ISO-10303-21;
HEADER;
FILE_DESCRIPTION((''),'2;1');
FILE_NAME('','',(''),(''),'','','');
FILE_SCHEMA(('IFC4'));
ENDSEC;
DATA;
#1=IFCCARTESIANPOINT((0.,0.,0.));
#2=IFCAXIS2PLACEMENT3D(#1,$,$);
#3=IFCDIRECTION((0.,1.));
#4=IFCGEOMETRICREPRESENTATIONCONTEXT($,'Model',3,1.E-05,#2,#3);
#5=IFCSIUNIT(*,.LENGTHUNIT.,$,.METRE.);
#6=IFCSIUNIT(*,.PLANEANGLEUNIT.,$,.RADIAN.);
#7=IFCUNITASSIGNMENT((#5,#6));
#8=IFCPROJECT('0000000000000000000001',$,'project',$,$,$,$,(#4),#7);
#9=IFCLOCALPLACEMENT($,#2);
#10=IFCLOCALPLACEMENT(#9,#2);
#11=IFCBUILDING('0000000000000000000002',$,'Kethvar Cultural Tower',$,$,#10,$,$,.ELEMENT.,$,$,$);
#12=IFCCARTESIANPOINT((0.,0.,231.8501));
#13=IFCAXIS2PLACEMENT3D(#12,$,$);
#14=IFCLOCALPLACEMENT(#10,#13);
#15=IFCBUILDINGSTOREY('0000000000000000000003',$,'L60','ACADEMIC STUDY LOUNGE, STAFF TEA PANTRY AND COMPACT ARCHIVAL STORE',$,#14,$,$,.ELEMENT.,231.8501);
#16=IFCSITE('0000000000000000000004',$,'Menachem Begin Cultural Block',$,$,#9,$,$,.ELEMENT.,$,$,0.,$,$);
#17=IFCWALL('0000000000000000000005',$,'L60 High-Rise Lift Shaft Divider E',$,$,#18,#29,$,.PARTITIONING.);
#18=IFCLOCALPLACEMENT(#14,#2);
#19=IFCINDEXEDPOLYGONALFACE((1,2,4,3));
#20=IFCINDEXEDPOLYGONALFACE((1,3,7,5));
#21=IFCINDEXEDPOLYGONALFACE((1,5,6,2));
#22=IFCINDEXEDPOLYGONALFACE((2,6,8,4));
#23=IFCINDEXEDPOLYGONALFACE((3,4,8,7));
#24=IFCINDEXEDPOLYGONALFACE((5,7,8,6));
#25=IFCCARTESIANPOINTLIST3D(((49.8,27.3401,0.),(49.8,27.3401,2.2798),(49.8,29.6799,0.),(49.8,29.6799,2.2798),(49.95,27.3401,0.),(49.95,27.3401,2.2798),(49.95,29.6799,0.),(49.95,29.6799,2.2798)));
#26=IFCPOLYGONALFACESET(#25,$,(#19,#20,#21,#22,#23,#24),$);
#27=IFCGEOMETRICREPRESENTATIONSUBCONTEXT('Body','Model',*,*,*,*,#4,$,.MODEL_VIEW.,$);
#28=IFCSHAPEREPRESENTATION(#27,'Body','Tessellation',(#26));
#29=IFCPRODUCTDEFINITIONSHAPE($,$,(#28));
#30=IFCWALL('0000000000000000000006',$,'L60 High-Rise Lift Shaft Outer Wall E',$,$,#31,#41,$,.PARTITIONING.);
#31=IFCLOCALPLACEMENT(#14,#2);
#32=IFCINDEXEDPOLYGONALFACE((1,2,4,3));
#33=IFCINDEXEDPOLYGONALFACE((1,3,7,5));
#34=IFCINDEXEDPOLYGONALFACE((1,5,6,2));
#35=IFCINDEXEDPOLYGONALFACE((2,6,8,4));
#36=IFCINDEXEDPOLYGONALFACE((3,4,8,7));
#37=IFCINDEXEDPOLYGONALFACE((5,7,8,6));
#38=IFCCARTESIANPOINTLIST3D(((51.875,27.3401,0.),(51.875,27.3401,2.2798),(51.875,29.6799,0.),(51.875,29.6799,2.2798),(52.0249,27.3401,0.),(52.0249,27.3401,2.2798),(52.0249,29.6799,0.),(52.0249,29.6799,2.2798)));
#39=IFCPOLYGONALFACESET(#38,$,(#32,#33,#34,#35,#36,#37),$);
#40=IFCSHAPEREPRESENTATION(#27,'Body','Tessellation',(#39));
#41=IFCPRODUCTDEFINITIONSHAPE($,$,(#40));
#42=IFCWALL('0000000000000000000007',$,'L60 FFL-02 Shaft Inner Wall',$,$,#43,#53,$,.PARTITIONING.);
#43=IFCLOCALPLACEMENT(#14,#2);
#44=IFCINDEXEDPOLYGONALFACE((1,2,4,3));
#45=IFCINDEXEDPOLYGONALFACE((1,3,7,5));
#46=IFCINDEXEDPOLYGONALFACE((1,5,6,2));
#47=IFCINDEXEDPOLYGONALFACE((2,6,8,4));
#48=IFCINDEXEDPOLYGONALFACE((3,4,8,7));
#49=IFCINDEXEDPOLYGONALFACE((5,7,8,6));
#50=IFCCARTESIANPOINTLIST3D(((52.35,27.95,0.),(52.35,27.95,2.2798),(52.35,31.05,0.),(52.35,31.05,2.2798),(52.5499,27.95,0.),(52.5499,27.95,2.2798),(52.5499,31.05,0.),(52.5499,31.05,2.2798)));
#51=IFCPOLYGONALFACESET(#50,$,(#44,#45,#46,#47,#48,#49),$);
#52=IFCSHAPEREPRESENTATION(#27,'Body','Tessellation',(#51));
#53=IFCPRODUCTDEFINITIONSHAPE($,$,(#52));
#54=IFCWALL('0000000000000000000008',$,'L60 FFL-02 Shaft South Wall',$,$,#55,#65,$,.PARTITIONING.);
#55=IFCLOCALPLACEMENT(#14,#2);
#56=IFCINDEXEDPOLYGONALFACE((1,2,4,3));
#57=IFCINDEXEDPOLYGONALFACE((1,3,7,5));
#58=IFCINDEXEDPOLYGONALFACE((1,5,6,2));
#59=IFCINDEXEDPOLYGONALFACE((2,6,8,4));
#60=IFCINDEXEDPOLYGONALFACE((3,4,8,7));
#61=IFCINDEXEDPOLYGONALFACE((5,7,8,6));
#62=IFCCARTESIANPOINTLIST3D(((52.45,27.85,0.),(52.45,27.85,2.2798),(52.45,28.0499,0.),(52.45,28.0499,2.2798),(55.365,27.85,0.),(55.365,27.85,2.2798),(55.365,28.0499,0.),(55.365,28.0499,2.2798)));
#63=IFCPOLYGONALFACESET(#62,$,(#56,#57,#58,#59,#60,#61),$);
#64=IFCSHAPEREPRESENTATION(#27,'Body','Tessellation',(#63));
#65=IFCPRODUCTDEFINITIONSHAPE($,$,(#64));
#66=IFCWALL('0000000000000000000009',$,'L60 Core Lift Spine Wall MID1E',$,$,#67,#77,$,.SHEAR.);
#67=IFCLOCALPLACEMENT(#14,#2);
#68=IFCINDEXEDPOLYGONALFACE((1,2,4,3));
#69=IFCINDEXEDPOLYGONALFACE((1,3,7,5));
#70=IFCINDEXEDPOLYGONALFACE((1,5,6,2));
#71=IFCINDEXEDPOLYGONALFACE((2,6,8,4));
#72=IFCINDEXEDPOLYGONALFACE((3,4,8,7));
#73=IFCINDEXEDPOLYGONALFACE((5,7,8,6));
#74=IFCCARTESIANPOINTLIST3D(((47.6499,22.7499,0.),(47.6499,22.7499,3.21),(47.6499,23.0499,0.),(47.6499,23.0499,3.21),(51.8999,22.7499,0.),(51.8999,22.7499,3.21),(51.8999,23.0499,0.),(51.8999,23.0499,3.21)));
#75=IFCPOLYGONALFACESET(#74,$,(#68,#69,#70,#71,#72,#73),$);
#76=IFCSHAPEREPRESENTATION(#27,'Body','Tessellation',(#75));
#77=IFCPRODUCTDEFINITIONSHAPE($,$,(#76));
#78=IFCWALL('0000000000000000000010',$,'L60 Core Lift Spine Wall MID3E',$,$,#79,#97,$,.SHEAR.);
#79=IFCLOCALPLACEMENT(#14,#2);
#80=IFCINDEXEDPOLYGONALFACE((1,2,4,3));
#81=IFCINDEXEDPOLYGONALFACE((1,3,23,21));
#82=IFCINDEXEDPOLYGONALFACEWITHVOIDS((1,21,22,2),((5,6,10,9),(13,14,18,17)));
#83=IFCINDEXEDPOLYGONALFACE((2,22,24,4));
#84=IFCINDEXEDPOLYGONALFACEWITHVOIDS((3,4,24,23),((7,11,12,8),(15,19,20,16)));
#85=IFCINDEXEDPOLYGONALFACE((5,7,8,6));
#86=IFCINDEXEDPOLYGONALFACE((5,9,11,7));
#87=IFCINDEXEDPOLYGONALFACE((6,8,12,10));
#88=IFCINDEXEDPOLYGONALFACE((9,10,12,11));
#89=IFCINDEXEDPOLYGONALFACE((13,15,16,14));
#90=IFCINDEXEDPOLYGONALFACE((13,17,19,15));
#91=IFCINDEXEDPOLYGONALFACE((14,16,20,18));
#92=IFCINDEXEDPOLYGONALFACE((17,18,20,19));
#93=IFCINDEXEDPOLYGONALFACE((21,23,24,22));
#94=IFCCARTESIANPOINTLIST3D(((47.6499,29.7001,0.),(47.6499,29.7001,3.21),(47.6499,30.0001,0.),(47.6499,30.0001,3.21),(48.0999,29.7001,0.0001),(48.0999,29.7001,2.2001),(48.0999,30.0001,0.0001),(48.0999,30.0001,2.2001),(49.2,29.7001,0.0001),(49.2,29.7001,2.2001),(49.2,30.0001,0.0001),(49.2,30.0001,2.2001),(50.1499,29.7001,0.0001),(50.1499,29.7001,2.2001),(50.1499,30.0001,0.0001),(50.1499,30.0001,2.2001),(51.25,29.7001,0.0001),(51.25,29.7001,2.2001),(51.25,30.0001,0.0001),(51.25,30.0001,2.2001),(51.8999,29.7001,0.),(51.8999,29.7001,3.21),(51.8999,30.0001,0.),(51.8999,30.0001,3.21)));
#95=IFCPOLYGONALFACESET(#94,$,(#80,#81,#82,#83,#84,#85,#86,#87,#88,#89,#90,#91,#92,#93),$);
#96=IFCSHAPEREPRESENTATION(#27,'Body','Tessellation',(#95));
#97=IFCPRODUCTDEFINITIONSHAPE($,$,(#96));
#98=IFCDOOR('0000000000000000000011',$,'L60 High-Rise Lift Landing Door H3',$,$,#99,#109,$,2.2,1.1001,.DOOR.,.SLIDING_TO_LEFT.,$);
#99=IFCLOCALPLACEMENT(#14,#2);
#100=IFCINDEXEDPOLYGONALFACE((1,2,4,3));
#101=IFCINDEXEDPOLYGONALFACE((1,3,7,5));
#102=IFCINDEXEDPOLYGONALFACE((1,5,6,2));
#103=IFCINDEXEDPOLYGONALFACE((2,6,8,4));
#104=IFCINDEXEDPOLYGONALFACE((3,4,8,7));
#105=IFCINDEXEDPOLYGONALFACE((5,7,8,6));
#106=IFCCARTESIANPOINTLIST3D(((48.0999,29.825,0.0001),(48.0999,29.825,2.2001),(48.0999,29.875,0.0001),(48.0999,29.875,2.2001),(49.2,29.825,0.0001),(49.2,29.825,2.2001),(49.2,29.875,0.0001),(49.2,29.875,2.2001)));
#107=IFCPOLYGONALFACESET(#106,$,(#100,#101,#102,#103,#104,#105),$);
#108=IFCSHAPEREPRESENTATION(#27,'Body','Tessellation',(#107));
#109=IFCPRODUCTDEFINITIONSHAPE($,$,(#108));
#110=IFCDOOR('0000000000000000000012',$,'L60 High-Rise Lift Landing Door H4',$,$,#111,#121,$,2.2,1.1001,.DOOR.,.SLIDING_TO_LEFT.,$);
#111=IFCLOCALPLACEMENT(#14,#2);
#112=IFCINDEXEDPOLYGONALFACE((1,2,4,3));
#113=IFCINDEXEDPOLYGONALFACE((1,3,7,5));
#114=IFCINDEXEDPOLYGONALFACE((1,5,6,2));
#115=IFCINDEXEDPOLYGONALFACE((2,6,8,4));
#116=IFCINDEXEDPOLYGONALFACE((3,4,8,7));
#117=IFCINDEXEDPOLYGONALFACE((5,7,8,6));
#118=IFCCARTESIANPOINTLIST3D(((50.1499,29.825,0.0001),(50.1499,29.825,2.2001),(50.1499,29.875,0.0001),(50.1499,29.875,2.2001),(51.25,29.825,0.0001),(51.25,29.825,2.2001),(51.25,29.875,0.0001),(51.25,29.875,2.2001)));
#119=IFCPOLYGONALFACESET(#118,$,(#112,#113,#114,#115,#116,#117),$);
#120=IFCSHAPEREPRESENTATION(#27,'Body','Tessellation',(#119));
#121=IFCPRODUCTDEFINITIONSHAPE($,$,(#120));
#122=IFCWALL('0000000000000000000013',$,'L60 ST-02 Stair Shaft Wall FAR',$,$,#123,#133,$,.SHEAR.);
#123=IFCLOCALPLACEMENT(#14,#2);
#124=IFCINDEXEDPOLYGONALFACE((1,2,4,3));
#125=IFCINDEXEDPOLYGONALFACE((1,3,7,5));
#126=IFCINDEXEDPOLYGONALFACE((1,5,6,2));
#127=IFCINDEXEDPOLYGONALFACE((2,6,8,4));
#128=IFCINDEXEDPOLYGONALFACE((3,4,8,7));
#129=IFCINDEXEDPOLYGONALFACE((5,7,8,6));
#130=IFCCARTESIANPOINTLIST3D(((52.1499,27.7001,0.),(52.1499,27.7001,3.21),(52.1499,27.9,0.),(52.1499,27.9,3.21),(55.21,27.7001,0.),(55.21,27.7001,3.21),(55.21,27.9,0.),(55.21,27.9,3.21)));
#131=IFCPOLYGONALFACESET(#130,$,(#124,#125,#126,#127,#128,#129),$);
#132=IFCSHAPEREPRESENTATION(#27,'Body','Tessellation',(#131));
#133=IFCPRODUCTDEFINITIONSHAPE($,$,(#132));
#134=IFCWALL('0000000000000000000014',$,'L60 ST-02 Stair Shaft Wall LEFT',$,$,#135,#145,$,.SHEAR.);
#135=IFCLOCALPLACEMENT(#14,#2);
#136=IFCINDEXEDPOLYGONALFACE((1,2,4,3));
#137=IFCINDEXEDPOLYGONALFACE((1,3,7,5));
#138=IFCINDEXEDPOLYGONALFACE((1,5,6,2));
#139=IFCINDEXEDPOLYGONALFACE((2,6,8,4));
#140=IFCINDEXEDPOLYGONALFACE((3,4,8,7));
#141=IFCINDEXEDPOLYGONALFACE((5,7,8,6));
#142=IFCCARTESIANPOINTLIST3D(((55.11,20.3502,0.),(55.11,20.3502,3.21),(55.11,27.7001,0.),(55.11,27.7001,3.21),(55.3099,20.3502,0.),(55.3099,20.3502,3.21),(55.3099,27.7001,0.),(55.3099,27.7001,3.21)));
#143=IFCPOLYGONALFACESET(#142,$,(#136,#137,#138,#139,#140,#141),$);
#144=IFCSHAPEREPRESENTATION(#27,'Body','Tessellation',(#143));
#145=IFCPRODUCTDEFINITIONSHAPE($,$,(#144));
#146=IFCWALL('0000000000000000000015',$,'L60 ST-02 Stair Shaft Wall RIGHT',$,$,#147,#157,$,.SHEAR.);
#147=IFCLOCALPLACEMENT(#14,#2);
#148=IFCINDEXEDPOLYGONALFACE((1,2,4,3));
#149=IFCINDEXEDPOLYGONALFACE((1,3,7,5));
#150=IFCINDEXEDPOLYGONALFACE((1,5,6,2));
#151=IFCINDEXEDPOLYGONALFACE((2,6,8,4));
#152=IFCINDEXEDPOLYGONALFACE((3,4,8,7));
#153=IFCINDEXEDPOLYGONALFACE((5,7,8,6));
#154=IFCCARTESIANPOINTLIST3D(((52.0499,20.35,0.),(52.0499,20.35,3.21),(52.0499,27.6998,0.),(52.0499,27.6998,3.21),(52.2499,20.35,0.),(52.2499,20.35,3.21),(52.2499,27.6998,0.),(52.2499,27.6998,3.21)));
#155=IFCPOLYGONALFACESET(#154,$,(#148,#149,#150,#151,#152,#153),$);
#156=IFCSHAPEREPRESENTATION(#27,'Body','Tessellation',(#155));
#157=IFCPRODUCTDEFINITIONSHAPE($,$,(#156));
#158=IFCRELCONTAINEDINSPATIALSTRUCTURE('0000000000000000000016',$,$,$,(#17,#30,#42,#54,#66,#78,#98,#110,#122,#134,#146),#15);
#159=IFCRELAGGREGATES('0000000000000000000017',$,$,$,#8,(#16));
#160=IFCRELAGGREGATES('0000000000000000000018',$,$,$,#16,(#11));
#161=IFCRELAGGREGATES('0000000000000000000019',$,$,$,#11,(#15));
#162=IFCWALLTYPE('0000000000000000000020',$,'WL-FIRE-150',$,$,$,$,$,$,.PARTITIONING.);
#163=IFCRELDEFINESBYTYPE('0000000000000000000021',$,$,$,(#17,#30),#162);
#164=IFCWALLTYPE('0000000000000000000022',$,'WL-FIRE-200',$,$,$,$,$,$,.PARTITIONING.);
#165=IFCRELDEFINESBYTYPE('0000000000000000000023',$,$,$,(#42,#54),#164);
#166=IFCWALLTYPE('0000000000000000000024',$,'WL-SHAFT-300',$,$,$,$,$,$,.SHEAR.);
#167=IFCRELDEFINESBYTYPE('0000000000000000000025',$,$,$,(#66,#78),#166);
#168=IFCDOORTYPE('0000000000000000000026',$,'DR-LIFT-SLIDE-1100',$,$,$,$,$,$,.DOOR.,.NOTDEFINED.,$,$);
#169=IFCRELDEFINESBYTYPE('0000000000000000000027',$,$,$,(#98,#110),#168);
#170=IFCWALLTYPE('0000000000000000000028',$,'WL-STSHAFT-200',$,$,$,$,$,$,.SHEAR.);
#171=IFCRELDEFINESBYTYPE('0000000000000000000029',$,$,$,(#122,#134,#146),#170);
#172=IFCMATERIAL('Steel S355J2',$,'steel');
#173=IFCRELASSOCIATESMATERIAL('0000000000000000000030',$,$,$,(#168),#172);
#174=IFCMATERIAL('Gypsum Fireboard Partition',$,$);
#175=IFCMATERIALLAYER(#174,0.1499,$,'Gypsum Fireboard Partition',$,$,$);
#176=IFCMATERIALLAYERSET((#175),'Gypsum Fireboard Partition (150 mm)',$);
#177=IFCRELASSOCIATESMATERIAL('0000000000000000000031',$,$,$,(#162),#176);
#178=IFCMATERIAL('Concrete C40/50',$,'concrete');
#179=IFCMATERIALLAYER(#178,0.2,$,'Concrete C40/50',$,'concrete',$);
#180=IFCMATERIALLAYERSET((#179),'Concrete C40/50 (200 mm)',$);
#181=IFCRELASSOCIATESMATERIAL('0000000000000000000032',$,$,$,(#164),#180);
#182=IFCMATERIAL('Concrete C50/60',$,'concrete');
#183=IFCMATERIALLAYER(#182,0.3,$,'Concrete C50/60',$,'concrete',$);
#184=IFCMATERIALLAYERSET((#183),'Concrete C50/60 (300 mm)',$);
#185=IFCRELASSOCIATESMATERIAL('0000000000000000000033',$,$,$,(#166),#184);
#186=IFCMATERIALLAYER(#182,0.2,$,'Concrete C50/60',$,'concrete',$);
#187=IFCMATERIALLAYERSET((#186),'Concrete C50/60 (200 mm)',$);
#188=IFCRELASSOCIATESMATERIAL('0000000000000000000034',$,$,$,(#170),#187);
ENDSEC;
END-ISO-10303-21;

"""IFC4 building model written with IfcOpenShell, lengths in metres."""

from ifc_helpers import new_model, si_unit, direction, frame, frame_2d, origin, place, context, subcontext, project, spatial, rectangle, extrude, source, transform, mapped, material, layer, layer_set, type_object, element, fill, save


model = new_model("IFC4")

# Units and contexts
model_context = context("Model", 3, precision=1e-05, world=origin(), true_north=direction((0.0, 1.0)))
body_context = subcontext(model_context, "Body", "Model", "MODEL_VIEW")
ifc_project = project(units=[si_unit("LENGTHUNIT", "METRE"), si_unit("PLANEANGLEUNIT", "RADIAN")], contexts=[model_context])

# Site, building, storey
site_placement = place(None, origin())
site = spatial("IfcSite", under=ifc_project, at=site_placement, Name="Menachem Begin Cultural Block", CompositionType="ELEMENT", RefElevation=0.0)
building_placement = place(site_placement, origin())
building = spatial("IfcBuilding", under=site, at=building_placement, Name="Kethvar Cultural Tower", CompositionType="ELEMENT")
storey_placement = place(building_placement, frame((0.0, 0.0, 231.8501)))
storey = spatial("IfcBuildingStorey", under=building, at=storey_placement, Name="L60", Description="ACADEMIC STUDY LOUNGE, STAFF TEA PANTRY AND COMPACT ARCHIVAL STORE", CompositionType="ELEMENT", Elevation=231.8501)

# Shared definitions
ifc_material_1 = material(Name="Steel S355J2", Category="steel")

# Shared definitions
ifc_material_2 = material(Name="Concrete C50/60", Category="concrete")
door_type_1 = type_object("IfcDoorType", Name="DR-LIFT-SLIDE-1100", OperationType="NOTDEFINED", PredefinedType="DOOR", material=ifc_material_1)
shared_shape_1 = source(origin(), body_context, "Body", "SweptSolid", [
    extrude(rectangle(XDim=1.1001, YDim=2.2, at=frame_2d((0.55, 1.1001))), frame((0.0, 0.0249, 0.0), z_axis=(0.0, -1.0, 0.0), x_axis=(1.0, 0.0, 0.0)), (0.0, 0.0, 1.0), 0.05),
])

# Walls
ifc_material_3 = material(Name="Gypsum Fireboard Partition")
ifc_layer_1 = layer(ifc_material_3, 0.1499, Name="Gypsum Fireboard Partition")
ifc_layer_set_1 = layer_set([ifc_layer_1], Name="Gypsum Fireboard Partition (150 mm)")
wall_type_1 = type_object("IfcWallType", Name="WL-FIRE-150", PredefinedType="PARTITIONING", material=ifc_layer_set_1)
for number, where, z_axis, x_axis, name in (
    (1, (49.875, 27.3401, 0.0), (0.0, 0.0, 1.0), (0.0, 1.0, 0.0), "L60 High-Rise Lift Shaft Divider E"),
    (2, (51.95, 27.3401, 0.0), (0.0, 0.0, 1.0), (0.0, 1.0, 0.0), "L60 High-Rise Lift Shaft Outer Wall E"),
):
    element("IfcWall", number, at=place(storey_placement, frame(where, z_axis=z_axis, x_axis=x_axis)), inside=storey, type_object=wall_type_1, Name=name, PredefinedType="PARTITIONING", context=body_context, shape_type="SweptSolid", body=[
        extrude(rectangle(XDim=2.3398, YDim=0.1499, at=frame_2d((1.1699, 0.0))), origin(), (0.0, 0.0, 1.0), 2.2798),
    ])
ifc_material_4 = material(Name="Concrete C40/50", Category="concrete")
ifc_layer_2 = layer(ifc_material_4, 0.2, Name="Concrete C40/50", Category="concrete")
ifc_layer_set_2 = layer_set([ifc_layer_2], Name="Concrete C40/50 (200 mm)")
wall_type_2 = type_object("IfcWallType", Name="WL-FIRE-200", PredefinedType="PARTITIONING", material=ifc_layer_set_2)
wall_1_placement = place(storey_placement, frame((52.45, 27.95, 0.0), z_axis=(0.0, 0.0, 1.0), x_axis=(0.0, 1.0, 0.0)))
element("IfcWall", 3, at=wall_1_placement, inside=storey, type_object=wall_type_2, Name="L60 FFL-02 Shaft Inner Wall", PredefinedType="PARTITIONING", context=body_context, shape_type="SweptSolid", body=[
    extrude(rectangle(XDim=3.1001, YDim=0.2, at=frame_2d((1.55, 0.0))), origin(), (0.0, 0.0, 1.0), 2.2798),
])
wall_2_placement = place(storey_placement, frame((52.45, 27.95, 0.0), z_axis=(0.0, 0.0, 1.0), x_axis=(1.0, 0.0, 0.0)))
element("IfcWall", 4, at=wall_2_placement, inside=storey, type_object=wall_type_2, Name="L60 FFL-02 Shaft South Wall", PredefinedType="PARTITIONING", context=body_context, shape_type="SweptSolid", body=[
    extrude(rectangle(XDim=2.915, YDim=0.2, at=frame_2d((1.4575, 0.0))), origin(), (0.0, 0.0, 1.0), 2.2798),
])
ifc_layer_3 = layer(ifc_material_2, 0.3, Name="Concrete C50/60", Category="concrete")
ifc_layer_set_3 = layer_set([ifc_layer_3], Name="Concrete C50/60 (300 mm)")
wall_type_3 = type_object("IfcWallType", Name="WL-SHAFT-300", PredefinedType="SHEAR", material=ifc_layer_set_3)
wall_3_placement = place(storey_placement, frame((47.6499, 22.8999, 0.0), z_axis=(0.0, 0.0, 1.0), x_axis=(1.0, 0.0, 0.0)))
element("IfcWall", 5, at=wall_3_placement, inside=storey, type_object=wall_type_3, Name="L60 Core Lift Spine Wall MID1E", PredefinedType="SHEAR", context=body_context, shape_type="SweptSolid", body=[
    extrude(rectangle(XDim=4.25, YDim=0.3, at=frame_2d((2.125, 0.0))), origin(), (0.0, 0.0, 1.0), 3.21),
])

# Wall, openings, doors
wall_4_placement = place(storey_placement, frame((47.6499, 29.8501, 0.0), z_axis=(0.0, 0.0, 1.0), x_axis=(1.0, 0.0, 0.0)))
wall_4 = element("IfcWall", 6, at=wall_4_placement, inside=storey, type_object=wall_type_3, Name="L60 Core Lift Spine Wall MID3E", PredefinedType="SHEAR", context=body_context, shape_type="SweptSolid", body=[
    extrude(rectangle(XDim=4.25, YDim=0.3, at=frame_2d((2.125, 0.0))), origin(), (0.0, 0.0, 1.0), 3.21),
])
opening_1_placement = place(wall_4_placement, frame((0.45, 0.0, 0.0)))
opening_1 = element("IfcOpeningElement", 7, at=opening_1_placement, cuts=wall_4, PredefinedType="OPENING", context=body_context, shape_type="SweptSolid", body=[
    extrude(rectangle(XDim=1.1001, YDim=2.2, at=frame_2d((0.55, 1.1001))), frame((0.0, 0.1599, 0.0), z_axis=(0.0, -1.0, 0.0), x_axis=(1.0, 0.0, 0.0)), (0.0, 0.0, 1.0), 0.3201),
])
opening_2_placement = place(wall_4_placement, frame((2.5, 0.0, 0.0)))
opening_2 = element("IfcOpeningElement", 8, at=opening_2_placement, cuts=wall_4, PredefinedType="OPENING", context=body_context, shape_type="SweptSolid", body=[
    extrude(rectangle(XDim=1.1001, YDim=2.2, at=frame_2d((0.55, 1.1001))), frame((0.0, 0.1599, 0.0), z_axis=(0.0, -1.0, 0.0), x_axis=(1.0, 0.0, 0.0)), (0.0, 0.0, 1.0), 0.3201),
])
door_1_placement = place(opening_1_placement, origin())
door_1 = element("IfcDoor", 9, at=door_1_placement, inside=storey, type_object=door_type_1, Name="L60 High-Rise Lift Landing Door H3", OperationType="SLIDING_TO_LEFT", OverallHeight=2.2, OverallWidth=1.1001, PredefinedType="DOOR", context=body_context, shape_type="MappedRepresentation", body=[
    mapped(shared_shape_1, transform((0.0, 0.0, 0.0), scale=1.0)),
])
fill(opening_1, door_1)
door_2_placement = place(opening_2_placement, origin())
door_2 = element("IfcDoor", 10, at=door_2_placement, inside=storey, type_object=door_type_1, Name="L60 High-Rise Lift Landing Door H4", OperationType="SLIDING_TO_LEFT", OverallHeight=2.2, OverallWidth=1.1001, PredefinedType="DOOR", context=body_context, shape_type="MappedRepresentation", body=[
    mapped(shared_shape_1, transform((0.0, 0.0, 0.0), scale=1.0)),
])
fill(opening_2, door_2)

# Walls
ifc_layer_4 = layer(ifc_material_2, 0.2, Name="Concrete C50/60", Category="concrete")
ifc_layer_set_4 = layer_set([ifc_layer_4], Name="Concrete C50/60 (200 mm)")
wall_type_4 = type_object("IfcWallType", Name="WL-STSHAFT-200", PredefinedType="SHEAR", material=ifc_layer_set_4)
wall_5_placement = place(storey_placement, frame((52.1499, 27.8, 0.0), z_axis=(0.0, 0.0, 1.0), x_axis=(1.0, 0.0, 0.0)))
element("IfcWall", 11, at=wall_5_placement, inside=storey, type_object=wall_type_4, Name="L60 ST-02 Stair Shaft Wall FAR", PredefinedType="SHEAR", context=body_context, shape_type="SweptSolid", body=[
    extrude(rectangle(XDim=3.0601, YDim=0.2, at=frame_2d((1.53, 0.0))), origin(), (0.0, 0.0, 1.0), 3.21),
])
for number, where, z_axis, x_axis, name in (
    (12, (55.21, 27.7, 0.0), (0.0, 0.0, 1.0), (0.0, -1.0, 0.0), "L60 ST-02 Stair Shaft Wall LEFT"),
    (13, (52.1499, 20.3501, 0.0), (0.0, 0.0, 1.0), (0.0, 1.0, 0.0), "L60 ST-02 Stair Shaft Wall RIGHT"),
):
    element("IfcWall", number, at=place(storey_placement, frame(where, z_axis=z_axis, x_axis=x_axis)), inside=storey, type_object=wall_type_4, Name=name, PredefinedType="SHEAR", context=body_context, shape_type="SweptSolid", body=[
        extrude(rectangle(XDim=7.3499, YDim=0.2, at=frame_2d((3.6748, 0.0))), origin(), (0.0, 0.0, 1.0), 3.21),
    ])

save(model, "model.ifc")
